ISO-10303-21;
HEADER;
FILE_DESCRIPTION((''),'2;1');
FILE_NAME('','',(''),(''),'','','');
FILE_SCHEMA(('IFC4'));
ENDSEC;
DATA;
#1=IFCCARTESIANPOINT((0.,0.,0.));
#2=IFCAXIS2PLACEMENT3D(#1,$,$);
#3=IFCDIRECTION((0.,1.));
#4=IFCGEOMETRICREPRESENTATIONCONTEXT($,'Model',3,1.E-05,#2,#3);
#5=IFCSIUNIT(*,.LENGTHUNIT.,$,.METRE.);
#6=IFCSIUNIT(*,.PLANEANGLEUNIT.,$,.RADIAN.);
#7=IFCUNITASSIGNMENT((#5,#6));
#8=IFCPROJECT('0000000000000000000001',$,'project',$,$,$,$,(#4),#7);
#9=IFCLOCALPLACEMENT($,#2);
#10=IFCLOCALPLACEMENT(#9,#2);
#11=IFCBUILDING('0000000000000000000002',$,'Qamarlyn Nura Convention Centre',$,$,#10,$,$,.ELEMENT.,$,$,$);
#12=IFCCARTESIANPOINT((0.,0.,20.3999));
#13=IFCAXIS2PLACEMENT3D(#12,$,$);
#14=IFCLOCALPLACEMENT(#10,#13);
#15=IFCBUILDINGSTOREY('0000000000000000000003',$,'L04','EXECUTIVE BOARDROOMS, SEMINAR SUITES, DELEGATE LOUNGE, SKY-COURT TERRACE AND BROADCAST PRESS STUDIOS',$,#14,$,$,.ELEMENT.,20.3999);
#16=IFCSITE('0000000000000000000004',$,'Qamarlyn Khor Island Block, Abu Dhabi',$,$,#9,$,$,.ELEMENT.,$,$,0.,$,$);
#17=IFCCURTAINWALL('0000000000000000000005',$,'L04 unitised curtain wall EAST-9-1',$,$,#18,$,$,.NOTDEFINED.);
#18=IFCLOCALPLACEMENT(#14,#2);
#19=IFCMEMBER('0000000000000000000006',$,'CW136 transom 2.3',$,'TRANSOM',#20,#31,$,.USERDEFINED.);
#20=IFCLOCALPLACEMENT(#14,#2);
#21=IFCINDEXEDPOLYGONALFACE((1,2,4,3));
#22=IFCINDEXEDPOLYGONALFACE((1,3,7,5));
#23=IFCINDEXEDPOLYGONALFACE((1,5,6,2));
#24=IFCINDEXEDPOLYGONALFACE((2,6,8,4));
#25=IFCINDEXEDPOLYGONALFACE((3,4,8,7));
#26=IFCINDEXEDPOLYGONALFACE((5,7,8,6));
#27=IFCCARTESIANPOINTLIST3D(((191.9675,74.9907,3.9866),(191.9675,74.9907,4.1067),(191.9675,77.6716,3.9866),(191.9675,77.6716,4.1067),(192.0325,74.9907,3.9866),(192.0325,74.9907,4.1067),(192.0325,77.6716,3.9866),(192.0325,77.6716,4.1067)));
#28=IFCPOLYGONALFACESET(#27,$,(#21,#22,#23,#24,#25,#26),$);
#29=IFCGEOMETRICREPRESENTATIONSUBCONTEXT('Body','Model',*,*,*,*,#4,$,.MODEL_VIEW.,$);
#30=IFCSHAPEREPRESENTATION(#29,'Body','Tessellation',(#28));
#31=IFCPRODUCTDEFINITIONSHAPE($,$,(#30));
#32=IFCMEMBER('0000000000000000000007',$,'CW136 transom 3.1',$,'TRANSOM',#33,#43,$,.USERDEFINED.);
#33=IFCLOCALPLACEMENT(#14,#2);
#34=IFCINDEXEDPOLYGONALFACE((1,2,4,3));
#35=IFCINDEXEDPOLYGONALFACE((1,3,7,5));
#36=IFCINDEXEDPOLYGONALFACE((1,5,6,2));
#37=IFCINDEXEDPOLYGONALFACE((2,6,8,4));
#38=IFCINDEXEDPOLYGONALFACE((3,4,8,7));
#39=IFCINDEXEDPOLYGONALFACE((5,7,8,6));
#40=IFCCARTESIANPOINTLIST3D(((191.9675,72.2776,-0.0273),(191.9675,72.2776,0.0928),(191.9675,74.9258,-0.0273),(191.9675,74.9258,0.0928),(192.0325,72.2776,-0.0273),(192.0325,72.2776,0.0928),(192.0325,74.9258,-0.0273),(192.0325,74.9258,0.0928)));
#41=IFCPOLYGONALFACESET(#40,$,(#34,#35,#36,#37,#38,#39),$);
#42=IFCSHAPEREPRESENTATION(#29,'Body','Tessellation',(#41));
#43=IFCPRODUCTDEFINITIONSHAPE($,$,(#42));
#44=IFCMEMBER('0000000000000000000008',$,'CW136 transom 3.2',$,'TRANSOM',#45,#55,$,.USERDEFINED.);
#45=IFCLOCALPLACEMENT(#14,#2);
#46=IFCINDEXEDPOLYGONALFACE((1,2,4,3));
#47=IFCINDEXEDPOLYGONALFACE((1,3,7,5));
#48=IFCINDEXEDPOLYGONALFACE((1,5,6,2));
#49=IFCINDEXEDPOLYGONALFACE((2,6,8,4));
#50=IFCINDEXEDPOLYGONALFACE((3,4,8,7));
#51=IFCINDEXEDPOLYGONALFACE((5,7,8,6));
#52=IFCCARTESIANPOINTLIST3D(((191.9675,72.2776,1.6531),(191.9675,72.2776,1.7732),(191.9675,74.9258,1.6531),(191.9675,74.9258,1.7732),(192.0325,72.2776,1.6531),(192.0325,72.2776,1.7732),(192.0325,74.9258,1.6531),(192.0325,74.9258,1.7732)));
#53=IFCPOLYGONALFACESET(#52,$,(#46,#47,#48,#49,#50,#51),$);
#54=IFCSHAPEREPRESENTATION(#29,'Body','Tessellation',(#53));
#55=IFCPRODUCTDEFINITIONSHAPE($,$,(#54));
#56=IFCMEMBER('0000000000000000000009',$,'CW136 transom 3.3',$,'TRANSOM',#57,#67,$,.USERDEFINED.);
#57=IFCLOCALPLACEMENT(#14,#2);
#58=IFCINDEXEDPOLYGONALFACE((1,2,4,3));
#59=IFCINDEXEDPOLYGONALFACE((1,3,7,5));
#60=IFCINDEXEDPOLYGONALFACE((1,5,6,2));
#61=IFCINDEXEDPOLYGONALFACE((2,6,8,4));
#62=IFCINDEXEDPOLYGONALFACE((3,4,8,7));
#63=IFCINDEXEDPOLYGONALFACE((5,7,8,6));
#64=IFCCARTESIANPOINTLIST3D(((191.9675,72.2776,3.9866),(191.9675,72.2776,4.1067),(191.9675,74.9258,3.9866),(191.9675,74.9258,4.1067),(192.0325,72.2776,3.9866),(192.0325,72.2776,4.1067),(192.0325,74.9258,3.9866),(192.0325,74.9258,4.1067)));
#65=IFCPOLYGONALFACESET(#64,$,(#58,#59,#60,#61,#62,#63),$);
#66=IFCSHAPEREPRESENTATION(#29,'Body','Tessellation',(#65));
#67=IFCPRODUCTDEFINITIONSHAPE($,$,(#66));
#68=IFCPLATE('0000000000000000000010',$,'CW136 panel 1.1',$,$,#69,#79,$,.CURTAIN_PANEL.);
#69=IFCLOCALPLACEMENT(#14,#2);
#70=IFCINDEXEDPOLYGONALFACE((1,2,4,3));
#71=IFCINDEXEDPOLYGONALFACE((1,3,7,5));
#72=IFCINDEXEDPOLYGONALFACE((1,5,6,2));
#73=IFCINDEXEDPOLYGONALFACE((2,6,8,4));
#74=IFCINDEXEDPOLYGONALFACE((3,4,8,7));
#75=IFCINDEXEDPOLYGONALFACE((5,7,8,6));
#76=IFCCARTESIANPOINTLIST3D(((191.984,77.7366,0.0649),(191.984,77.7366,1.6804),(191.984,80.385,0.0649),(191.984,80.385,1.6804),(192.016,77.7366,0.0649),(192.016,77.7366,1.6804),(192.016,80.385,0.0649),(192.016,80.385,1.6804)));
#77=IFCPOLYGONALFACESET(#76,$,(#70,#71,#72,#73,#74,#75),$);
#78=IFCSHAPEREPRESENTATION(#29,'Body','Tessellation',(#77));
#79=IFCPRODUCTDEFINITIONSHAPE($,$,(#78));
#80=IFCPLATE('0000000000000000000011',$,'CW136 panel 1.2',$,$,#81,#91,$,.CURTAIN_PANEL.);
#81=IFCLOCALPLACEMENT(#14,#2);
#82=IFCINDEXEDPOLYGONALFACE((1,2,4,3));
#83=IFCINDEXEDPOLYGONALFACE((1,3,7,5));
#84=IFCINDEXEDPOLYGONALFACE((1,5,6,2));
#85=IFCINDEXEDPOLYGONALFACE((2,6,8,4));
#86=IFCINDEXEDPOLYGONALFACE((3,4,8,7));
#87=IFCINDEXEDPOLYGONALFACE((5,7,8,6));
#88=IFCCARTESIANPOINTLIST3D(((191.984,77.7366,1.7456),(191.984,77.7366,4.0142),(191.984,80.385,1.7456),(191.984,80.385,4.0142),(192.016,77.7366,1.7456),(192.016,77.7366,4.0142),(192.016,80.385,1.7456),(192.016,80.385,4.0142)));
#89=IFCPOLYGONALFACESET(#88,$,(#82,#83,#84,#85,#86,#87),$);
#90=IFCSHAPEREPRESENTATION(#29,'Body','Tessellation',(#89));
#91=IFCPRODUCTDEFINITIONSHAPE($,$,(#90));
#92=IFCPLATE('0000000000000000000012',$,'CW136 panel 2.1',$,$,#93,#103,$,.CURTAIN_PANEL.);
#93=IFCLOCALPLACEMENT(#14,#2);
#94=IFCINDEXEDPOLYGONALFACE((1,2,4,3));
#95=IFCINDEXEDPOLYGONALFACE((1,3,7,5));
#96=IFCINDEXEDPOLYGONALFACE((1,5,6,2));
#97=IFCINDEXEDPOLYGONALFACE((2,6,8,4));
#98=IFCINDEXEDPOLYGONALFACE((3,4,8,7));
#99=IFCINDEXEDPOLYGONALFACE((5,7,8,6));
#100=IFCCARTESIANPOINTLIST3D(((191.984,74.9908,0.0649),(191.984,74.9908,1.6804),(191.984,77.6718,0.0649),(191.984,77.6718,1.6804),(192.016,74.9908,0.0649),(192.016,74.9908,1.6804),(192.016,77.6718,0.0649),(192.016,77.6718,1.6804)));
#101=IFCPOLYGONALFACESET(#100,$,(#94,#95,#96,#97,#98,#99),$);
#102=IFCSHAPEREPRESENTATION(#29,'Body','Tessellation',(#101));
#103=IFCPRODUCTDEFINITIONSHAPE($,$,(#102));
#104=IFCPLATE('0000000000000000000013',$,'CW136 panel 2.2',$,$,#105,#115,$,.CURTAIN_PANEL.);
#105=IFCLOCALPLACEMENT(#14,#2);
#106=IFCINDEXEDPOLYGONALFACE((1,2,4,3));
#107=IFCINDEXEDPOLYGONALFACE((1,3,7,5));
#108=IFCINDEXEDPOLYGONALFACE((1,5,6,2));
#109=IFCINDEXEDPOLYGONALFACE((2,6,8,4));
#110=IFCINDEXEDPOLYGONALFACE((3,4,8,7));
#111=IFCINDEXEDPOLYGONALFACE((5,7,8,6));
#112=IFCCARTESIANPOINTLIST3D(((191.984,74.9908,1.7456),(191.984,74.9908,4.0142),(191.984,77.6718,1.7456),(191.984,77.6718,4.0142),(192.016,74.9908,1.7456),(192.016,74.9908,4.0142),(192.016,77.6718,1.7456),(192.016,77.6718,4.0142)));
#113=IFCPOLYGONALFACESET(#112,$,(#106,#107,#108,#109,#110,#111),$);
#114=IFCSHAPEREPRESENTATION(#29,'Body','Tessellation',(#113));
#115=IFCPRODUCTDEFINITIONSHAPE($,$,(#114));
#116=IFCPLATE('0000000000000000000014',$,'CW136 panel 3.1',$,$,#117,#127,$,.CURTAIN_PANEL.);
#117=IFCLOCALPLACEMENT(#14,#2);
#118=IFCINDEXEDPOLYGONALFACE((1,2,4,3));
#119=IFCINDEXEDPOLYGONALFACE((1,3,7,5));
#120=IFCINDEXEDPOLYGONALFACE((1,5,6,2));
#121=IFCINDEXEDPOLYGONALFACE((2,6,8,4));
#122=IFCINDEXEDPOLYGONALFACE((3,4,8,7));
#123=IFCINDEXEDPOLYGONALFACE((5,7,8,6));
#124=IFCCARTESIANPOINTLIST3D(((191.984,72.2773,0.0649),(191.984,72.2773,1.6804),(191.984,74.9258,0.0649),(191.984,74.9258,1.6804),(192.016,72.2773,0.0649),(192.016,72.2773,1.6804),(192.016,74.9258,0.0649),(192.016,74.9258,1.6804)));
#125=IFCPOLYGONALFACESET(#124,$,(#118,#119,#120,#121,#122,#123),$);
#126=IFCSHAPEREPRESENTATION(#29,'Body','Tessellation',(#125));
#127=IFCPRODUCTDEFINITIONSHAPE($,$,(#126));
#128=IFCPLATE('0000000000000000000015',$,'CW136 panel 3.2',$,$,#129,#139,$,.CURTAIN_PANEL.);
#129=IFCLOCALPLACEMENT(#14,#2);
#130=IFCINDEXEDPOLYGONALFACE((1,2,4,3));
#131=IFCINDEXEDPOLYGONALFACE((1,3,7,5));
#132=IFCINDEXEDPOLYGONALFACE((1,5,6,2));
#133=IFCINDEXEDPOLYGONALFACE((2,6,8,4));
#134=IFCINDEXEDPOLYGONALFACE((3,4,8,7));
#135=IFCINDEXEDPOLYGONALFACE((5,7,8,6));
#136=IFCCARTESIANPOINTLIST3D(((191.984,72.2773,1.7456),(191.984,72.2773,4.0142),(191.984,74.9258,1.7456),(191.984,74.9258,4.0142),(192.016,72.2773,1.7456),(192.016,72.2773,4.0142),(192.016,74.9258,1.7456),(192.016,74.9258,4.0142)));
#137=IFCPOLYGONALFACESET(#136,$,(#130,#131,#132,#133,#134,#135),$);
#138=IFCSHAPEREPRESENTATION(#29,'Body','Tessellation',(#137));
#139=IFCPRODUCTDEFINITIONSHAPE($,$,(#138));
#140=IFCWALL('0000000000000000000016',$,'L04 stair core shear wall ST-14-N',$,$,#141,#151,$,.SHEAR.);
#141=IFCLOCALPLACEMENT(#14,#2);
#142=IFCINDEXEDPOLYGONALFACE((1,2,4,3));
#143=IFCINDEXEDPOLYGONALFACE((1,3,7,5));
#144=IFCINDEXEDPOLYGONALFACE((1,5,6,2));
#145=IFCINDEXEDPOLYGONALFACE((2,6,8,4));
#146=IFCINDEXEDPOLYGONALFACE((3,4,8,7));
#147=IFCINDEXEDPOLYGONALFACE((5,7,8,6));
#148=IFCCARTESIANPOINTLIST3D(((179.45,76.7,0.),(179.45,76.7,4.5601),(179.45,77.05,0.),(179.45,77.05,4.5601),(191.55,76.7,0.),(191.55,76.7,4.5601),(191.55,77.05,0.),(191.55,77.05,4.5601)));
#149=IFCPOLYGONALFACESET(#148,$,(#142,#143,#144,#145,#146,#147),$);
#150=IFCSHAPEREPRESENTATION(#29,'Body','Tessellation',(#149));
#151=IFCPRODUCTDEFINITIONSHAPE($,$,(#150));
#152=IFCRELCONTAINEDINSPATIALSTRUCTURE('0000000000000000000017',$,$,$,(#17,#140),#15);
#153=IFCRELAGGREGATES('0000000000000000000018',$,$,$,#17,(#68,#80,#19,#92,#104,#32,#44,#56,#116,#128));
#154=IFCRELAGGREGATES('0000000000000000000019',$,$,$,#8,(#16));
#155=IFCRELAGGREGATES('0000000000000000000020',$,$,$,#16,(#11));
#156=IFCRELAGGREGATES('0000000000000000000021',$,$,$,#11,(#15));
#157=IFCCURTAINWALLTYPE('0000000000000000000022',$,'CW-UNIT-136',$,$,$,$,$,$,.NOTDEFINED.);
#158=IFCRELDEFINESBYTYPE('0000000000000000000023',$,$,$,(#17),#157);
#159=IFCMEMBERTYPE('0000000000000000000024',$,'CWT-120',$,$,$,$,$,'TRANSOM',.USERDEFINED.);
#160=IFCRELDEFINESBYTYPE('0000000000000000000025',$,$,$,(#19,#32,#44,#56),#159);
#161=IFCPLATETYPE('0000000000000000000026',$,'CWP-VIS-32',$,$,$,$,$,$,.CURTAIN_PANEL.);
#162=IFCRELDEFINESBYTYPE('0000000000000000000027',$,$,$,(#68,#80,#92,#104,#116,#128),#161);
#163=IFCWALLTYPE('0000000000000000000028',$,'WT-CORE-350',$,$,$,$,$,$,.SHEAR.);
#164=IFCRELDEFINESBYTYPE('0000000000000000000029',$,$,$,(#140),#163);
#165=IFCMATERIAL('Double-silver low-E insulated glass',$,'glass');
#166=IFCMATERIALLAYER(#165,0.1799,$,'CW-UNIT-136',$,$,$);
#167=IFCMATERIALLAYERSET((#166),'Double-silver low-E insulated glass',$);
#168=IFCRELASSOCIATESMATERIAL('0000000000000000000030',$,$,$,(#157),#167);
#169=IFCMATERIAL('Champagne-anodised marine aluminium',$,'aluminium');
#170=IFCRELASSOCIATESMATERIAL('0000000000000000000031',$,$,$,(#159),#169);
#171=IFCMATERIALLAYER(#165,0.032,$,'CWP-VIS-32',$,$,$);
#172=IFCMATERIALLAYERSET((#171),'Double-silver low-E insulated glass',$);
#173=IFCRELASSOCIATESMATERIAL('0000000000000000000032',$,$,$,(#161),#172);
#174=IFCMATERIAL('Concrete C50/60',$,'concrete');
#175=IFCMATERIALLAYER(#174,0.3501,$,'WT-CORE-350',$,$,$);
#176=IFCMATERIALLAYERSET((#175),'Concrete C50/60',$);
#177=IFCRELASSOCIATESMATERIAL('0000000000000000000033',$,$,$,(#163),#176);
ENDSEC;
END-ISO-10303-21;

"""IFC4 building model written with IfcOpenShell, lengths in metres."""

from ifc_helpers import new_model, si_unit, direction, frame, frame_2d, origin, origin_2d, place, context, subcontext, project, spatial, rectangle, extrude, material, layer, layer_set, material_profile, profile_set, type_object, element, aggregate, save


model = new_model("IFC4")

# Units and contexts
model_context = context("Model", 3, precision=1e-05, world=origin(), true_north=direction((0.0, 1.0)))
body_context = subcontext(model_context, "Body", "Model", "MODEL_VIEW")
ifc_project = project(units=[si_unit("LENGTHUNIT", "METRE"), si_unit("PLANEANGLEUNIT", "RADIAN")], contexts=[model_context])

# Site, building, storey
site_placement = place(None, origin())
site = spatial("IfcSite", under=ifc_project, at=site_placement, Name="Qamarlyn Khor Island Block, Abu Dhabi", CompositionType="ELEMENT", RefElevation=0.0)
building_placement = place(site_placement, origin())
building = spatial("IfcBuilding", under=site, at=building_placement, Name="Qamarlyn Nura Convention Centre", CompositionType="ELEMENT")
storey_placement = place(building_placement, frame((0.0, 0.0, 20.3999)))
storey = spatial("IfcBuildingStorey", under=building, at=storey_placement, Name="L04", Description="EXECUTIVE BOARDROOMS, SEMINAR SUITES, DELEGATE LOUNGE, SKY-COURT TERRACE AND BROADCAST PRESS STUDIOS", CompositionType="ELEMENT", Elevation=20.3999)

# Shared definitions
ifc_material_1 = material(Name="Concrete C50/60", Category="concrete")

# Curtain wall, members, plates
ifc_material_2 = material(Name="Double-silver low-E insulated glass", Category="glass")
ifc_layer_1 = layer(ifc_material_2, 0.1799, Name="CW-UNIT-136")
ifc_layer_set_1 = layer_set([ifc_layer_1], Name="Double-silver low-E insulated glass")
curtain_wall_type = type_object("IfcCurtainWallType", Name="CW-UNIT-136", PredefinedType="NOTDEFINED", material=ifc_layer_set_1)
curtain_wall_placement = place(storey_placement, origin())
curtain_wall = element("IfcCurtainWall", 1, at=curtain_wall_placement, inside=storey, type_object=curtain_wall_type, Name="L04 unitised curtain wall EAST-9-1", PredefinedType="NOTDEFINED")
ifc_material_3 = material(Name="Champagne-anodised marine aluminium", Category="aluminium")
ifc_material_profile_1 = material_profile(ifc_material_3, rectangle(XDim=0.0649, YDim=0.1201, at=origin_2d()), Name="ALU TRANSOM 65x120")
ifc_profile_set_1 = profile_set([ifc_material_profile_1], Name="Champagne-anodised marine aluminium")
member_type_1 = type_object("IfcMemberType", Name="CWT-120", ElementType="TRANSOM", PredefinedType="USERDEFINED", material=ifc_profile_set_1)
member_1_placement = place(storey_placement, frame((192.0, 77.6716, 4.0466), z_axis=(0.0, -1.0, 0.0), x_axis=(1.0, 0.0, 0.0)))
member_1 = element("IfcMember", 2, at=member_1_placement, type_object=member_type_1, Name="CW136 transom 2.3", ObjectType="TRANSOM", PredefinedType="USERDEFINED", context=body_context, shape_type="SweptSolid", body=[
    extrude(rectangle(XDim=0.0649, YDim=0.1201, at=origin_2d()), origin(), (0.0, 0.0, 1.0), 2.6809),
])
member_2_placement = place(storey_placement, frame((192.0, 74.9258, 0.0327), z_axis=(0.0, -1.0, 0.0), x_axis=(1.0, 0.0, 0.0)))
member_2 = element("IfcMember", 3, at=member_2_placement, type_object=member_type_1, Name="CW136 transom 3.1", ObjectType="TRANSOM", PredefinedType="USERDEFINED", context=body_context, shape_type="SweptSolid", body=[
    extrude(rectangle(XDim=0.0649, YDim=0.1201, at=origin_2d()), origin(), (0.0, 0.0, 1.0), 2.6482),
])
member_3_placement = place(storey_placement, frame((192.0, 74.9258, 1.7131), z_axis=(0.0, -1.0, 0.0), x_axis=(1.0, 0.0, 0.0)))
member_3 = element("IfcMember", 4, at=member_3_placement, type_object=member_type_1, Name="CW136 transom 3.2", ObjectType="TRANSOM", PredefinedType="USERDEFINED", context=body_context, shape_type="SweptSolid", body=[
    extrude(rectangle(XDim=0.0649, YDim=0.1201, at=origin_2d()), origin(), (0.0, 0.0, 1.0), 2.6482),
])
member_4_placement = place(storey_placement, frame((192.0, 74.9258, 4.0466), z_axis=(0.0, -1.0, 0.0), x_axis=(1.0, 0.0, 0.0)))
member_4 = element("IfcMember", 5, at=member_4_placement, type_object=member_type_1, Name="CW136 transom 3.3", ObjectType="TRANSOM", PredefinedType="USERDEFINED", context=body_context, shape_type="SweptSolid", body=[
    extrude(rectangle(XDim=0.0649, YDim=0.1201, at=origin_2d()), origin(), (0.0, 0.0, 1.0), 2.6482),
])
ifc_layer_2 = layer(ifc_material_2, 0.032, Name="CWP-VIS-32")
ifc_layer_set_2 = layer_set([ifc_layer_2], Name="Double-silver low-E insulated glass")
plate_type = type_object("IfcPlateType", Name="CWP-VIS-32", PredefinedType="CURTAIN_PANEL", material=ifc_layer_set_2)
plate_1_placement = place(storey_placement, frame((192.0, 79.0608, 0.0649), z_axis=(0.0, 0.0, 1.0), x_axis=(0.0, -1.0, 0.0)))
plate_1 = element("IfcPlate", 6, at=plate_1_placement, type_object=plate_type, Name="CW136 panel 1.1", PredefinedType="CURTAIN_PANEL", context=body_context, shape_type="SweptSolid", body=[
    extrude(rectangle(XDim=2.6484, YDim=0.032, at=origin_2d()), origin(), (0.0, 0.0, 1.0), 1.6155),
])
plate_2_placement = place(storey_placement, frame((192.0, 79.0608, 1.7456), z_axis=(0.0, 0.0, 1.0), x_axis=(0.0, -1.0, 0.0)))
plate_2 = element("IfcPlate", 7, at=plate_2_placement, type_object=plate_type, Name="CW136 panel 1.2", PredefinedType="CURTAIN_PANEL", context=body_context, shape_type="SweptSolid", body=[
    extrude(rectangle(XDim=2.6484, YDim=0.032, at=origin_2d()), origin(), (0.0, 0.0, 1.0), 2.2686),
])
plate_3_placement = place(storey_placement, frame((192.0, 76.3313, 0.0649), z_axis=(0.0, 0.0, 1.0), x_axis=(0.0, -1.0, 0.0)))
plate_3 = element("IfcPlate", 8, at=plate_3_placement, type_object=plate_type, Name="CW136 panel 2.1", PredefinedType="CURTAIN_PANEL", context=body_context, shape_type="SweptSolid", body=[
    extrude(rectangle(XDim=2.6809, YDim=0.032, at=origin_2d()), origin(), (0.0, 0.0, 1.0), 1.6155),
])
plate_4_placement = place(storey_placement, frame((192.0, 76.3313, 1.7456), z_axis=(0.0, 0.0, 1.0), x_axis=(0.0, -1.0, 0.0)))
plate_4 = element("IfcPlate", 9, at=plate_4_placement, type_object=plate_type, Name="CW136 panel 2.2", PredefinedType="CURTAIN_PANEL", context=body_context, shape_type="SweptSolid", body=[
    extrude(rectangle(XDim=2.6809, YDim=0.032, at=origin_2d()), origin(), (0.0, 0.0, 1.0), 2.2686),
])
plate_5_placement = place(storey_placement, frame((192.0, 73.6016, 0.0649), z_axis=(0.0, 0.0, 1.0), x_axis=(0.0, -1.0, 0.0)))
plate_5 = element("IfcPlate", 10, at=plate_5_placement, type_object=plate_type, Name="CW136 panel 3.1", PredefinedType="CURTAIN_PANEL", context=body_context, shape_type="SweptSolid", body=[
    extrude(rectangle(XDim=2.6484, YDim=0.032, at=origin_2d()), origin(), (0.0, 0.0, 1.0), 1.6155),
])
plate_6_placement = place(storey_placement, frame((192.0, 73.6016, 1.7456), z_axis=(0.0, 0.0, 1.0), x_axis=(0.0, -1.0, 0.0)))
plate_6 = element("IfcPlate", 11, at=plate_6_placement, type_object=plate_type, Name="CW136 panel 3.2", PredefinedType="CURTAIN_PANEL", context=body_context, shape_type="SweptSolid", body=[
    extrude(rectangle(XDim=2.6484, YDim=0.032, at=origin_2d()), origin(), (0.0, 0.0, 1.0), 2.2686),
])
aggregate(curtain_wall, [plate_1, plate_2, member_1, plate_3, plate_4, member_2, member_3, member_4, plate_5, plate_6])

# Wall
ifc_layer_3 = layer(ifc_material_1, 0.3501, Name="WT-CORE-350")
ifc_layer_set_3 = layer_set([ifc_layer_3], Name="Concrete C50/60")
wall_type_1 = type_object("IfcWallType", Name="WT-CORE-350", PredefinedType="SHEAR", material=ifc_layer_set_3)
wall_1_placement = place(storey_placement, frame((191.55, 76.875, 0.0), z_axis=(0.0, 0.0, 1.0), x_axis=(-1.0, 0.0, 0.0)))
element("IfcWall", 12, at=wall_1_placement, inside=storey, type_object=wall_type_1, Name="L04 stair core shear wall ST-14-N", PredefinedType="SHEAR", context=body_context, shape_type="SweptSolid", body=[
    extrude(rectangle(XDim=12.1001, YDim=0.3501, at=frame_2d((6.05, 0.0))), origin(), (0.0, 0.0, 1.0), 4.5601),
])

save(model, "model.ifc")
